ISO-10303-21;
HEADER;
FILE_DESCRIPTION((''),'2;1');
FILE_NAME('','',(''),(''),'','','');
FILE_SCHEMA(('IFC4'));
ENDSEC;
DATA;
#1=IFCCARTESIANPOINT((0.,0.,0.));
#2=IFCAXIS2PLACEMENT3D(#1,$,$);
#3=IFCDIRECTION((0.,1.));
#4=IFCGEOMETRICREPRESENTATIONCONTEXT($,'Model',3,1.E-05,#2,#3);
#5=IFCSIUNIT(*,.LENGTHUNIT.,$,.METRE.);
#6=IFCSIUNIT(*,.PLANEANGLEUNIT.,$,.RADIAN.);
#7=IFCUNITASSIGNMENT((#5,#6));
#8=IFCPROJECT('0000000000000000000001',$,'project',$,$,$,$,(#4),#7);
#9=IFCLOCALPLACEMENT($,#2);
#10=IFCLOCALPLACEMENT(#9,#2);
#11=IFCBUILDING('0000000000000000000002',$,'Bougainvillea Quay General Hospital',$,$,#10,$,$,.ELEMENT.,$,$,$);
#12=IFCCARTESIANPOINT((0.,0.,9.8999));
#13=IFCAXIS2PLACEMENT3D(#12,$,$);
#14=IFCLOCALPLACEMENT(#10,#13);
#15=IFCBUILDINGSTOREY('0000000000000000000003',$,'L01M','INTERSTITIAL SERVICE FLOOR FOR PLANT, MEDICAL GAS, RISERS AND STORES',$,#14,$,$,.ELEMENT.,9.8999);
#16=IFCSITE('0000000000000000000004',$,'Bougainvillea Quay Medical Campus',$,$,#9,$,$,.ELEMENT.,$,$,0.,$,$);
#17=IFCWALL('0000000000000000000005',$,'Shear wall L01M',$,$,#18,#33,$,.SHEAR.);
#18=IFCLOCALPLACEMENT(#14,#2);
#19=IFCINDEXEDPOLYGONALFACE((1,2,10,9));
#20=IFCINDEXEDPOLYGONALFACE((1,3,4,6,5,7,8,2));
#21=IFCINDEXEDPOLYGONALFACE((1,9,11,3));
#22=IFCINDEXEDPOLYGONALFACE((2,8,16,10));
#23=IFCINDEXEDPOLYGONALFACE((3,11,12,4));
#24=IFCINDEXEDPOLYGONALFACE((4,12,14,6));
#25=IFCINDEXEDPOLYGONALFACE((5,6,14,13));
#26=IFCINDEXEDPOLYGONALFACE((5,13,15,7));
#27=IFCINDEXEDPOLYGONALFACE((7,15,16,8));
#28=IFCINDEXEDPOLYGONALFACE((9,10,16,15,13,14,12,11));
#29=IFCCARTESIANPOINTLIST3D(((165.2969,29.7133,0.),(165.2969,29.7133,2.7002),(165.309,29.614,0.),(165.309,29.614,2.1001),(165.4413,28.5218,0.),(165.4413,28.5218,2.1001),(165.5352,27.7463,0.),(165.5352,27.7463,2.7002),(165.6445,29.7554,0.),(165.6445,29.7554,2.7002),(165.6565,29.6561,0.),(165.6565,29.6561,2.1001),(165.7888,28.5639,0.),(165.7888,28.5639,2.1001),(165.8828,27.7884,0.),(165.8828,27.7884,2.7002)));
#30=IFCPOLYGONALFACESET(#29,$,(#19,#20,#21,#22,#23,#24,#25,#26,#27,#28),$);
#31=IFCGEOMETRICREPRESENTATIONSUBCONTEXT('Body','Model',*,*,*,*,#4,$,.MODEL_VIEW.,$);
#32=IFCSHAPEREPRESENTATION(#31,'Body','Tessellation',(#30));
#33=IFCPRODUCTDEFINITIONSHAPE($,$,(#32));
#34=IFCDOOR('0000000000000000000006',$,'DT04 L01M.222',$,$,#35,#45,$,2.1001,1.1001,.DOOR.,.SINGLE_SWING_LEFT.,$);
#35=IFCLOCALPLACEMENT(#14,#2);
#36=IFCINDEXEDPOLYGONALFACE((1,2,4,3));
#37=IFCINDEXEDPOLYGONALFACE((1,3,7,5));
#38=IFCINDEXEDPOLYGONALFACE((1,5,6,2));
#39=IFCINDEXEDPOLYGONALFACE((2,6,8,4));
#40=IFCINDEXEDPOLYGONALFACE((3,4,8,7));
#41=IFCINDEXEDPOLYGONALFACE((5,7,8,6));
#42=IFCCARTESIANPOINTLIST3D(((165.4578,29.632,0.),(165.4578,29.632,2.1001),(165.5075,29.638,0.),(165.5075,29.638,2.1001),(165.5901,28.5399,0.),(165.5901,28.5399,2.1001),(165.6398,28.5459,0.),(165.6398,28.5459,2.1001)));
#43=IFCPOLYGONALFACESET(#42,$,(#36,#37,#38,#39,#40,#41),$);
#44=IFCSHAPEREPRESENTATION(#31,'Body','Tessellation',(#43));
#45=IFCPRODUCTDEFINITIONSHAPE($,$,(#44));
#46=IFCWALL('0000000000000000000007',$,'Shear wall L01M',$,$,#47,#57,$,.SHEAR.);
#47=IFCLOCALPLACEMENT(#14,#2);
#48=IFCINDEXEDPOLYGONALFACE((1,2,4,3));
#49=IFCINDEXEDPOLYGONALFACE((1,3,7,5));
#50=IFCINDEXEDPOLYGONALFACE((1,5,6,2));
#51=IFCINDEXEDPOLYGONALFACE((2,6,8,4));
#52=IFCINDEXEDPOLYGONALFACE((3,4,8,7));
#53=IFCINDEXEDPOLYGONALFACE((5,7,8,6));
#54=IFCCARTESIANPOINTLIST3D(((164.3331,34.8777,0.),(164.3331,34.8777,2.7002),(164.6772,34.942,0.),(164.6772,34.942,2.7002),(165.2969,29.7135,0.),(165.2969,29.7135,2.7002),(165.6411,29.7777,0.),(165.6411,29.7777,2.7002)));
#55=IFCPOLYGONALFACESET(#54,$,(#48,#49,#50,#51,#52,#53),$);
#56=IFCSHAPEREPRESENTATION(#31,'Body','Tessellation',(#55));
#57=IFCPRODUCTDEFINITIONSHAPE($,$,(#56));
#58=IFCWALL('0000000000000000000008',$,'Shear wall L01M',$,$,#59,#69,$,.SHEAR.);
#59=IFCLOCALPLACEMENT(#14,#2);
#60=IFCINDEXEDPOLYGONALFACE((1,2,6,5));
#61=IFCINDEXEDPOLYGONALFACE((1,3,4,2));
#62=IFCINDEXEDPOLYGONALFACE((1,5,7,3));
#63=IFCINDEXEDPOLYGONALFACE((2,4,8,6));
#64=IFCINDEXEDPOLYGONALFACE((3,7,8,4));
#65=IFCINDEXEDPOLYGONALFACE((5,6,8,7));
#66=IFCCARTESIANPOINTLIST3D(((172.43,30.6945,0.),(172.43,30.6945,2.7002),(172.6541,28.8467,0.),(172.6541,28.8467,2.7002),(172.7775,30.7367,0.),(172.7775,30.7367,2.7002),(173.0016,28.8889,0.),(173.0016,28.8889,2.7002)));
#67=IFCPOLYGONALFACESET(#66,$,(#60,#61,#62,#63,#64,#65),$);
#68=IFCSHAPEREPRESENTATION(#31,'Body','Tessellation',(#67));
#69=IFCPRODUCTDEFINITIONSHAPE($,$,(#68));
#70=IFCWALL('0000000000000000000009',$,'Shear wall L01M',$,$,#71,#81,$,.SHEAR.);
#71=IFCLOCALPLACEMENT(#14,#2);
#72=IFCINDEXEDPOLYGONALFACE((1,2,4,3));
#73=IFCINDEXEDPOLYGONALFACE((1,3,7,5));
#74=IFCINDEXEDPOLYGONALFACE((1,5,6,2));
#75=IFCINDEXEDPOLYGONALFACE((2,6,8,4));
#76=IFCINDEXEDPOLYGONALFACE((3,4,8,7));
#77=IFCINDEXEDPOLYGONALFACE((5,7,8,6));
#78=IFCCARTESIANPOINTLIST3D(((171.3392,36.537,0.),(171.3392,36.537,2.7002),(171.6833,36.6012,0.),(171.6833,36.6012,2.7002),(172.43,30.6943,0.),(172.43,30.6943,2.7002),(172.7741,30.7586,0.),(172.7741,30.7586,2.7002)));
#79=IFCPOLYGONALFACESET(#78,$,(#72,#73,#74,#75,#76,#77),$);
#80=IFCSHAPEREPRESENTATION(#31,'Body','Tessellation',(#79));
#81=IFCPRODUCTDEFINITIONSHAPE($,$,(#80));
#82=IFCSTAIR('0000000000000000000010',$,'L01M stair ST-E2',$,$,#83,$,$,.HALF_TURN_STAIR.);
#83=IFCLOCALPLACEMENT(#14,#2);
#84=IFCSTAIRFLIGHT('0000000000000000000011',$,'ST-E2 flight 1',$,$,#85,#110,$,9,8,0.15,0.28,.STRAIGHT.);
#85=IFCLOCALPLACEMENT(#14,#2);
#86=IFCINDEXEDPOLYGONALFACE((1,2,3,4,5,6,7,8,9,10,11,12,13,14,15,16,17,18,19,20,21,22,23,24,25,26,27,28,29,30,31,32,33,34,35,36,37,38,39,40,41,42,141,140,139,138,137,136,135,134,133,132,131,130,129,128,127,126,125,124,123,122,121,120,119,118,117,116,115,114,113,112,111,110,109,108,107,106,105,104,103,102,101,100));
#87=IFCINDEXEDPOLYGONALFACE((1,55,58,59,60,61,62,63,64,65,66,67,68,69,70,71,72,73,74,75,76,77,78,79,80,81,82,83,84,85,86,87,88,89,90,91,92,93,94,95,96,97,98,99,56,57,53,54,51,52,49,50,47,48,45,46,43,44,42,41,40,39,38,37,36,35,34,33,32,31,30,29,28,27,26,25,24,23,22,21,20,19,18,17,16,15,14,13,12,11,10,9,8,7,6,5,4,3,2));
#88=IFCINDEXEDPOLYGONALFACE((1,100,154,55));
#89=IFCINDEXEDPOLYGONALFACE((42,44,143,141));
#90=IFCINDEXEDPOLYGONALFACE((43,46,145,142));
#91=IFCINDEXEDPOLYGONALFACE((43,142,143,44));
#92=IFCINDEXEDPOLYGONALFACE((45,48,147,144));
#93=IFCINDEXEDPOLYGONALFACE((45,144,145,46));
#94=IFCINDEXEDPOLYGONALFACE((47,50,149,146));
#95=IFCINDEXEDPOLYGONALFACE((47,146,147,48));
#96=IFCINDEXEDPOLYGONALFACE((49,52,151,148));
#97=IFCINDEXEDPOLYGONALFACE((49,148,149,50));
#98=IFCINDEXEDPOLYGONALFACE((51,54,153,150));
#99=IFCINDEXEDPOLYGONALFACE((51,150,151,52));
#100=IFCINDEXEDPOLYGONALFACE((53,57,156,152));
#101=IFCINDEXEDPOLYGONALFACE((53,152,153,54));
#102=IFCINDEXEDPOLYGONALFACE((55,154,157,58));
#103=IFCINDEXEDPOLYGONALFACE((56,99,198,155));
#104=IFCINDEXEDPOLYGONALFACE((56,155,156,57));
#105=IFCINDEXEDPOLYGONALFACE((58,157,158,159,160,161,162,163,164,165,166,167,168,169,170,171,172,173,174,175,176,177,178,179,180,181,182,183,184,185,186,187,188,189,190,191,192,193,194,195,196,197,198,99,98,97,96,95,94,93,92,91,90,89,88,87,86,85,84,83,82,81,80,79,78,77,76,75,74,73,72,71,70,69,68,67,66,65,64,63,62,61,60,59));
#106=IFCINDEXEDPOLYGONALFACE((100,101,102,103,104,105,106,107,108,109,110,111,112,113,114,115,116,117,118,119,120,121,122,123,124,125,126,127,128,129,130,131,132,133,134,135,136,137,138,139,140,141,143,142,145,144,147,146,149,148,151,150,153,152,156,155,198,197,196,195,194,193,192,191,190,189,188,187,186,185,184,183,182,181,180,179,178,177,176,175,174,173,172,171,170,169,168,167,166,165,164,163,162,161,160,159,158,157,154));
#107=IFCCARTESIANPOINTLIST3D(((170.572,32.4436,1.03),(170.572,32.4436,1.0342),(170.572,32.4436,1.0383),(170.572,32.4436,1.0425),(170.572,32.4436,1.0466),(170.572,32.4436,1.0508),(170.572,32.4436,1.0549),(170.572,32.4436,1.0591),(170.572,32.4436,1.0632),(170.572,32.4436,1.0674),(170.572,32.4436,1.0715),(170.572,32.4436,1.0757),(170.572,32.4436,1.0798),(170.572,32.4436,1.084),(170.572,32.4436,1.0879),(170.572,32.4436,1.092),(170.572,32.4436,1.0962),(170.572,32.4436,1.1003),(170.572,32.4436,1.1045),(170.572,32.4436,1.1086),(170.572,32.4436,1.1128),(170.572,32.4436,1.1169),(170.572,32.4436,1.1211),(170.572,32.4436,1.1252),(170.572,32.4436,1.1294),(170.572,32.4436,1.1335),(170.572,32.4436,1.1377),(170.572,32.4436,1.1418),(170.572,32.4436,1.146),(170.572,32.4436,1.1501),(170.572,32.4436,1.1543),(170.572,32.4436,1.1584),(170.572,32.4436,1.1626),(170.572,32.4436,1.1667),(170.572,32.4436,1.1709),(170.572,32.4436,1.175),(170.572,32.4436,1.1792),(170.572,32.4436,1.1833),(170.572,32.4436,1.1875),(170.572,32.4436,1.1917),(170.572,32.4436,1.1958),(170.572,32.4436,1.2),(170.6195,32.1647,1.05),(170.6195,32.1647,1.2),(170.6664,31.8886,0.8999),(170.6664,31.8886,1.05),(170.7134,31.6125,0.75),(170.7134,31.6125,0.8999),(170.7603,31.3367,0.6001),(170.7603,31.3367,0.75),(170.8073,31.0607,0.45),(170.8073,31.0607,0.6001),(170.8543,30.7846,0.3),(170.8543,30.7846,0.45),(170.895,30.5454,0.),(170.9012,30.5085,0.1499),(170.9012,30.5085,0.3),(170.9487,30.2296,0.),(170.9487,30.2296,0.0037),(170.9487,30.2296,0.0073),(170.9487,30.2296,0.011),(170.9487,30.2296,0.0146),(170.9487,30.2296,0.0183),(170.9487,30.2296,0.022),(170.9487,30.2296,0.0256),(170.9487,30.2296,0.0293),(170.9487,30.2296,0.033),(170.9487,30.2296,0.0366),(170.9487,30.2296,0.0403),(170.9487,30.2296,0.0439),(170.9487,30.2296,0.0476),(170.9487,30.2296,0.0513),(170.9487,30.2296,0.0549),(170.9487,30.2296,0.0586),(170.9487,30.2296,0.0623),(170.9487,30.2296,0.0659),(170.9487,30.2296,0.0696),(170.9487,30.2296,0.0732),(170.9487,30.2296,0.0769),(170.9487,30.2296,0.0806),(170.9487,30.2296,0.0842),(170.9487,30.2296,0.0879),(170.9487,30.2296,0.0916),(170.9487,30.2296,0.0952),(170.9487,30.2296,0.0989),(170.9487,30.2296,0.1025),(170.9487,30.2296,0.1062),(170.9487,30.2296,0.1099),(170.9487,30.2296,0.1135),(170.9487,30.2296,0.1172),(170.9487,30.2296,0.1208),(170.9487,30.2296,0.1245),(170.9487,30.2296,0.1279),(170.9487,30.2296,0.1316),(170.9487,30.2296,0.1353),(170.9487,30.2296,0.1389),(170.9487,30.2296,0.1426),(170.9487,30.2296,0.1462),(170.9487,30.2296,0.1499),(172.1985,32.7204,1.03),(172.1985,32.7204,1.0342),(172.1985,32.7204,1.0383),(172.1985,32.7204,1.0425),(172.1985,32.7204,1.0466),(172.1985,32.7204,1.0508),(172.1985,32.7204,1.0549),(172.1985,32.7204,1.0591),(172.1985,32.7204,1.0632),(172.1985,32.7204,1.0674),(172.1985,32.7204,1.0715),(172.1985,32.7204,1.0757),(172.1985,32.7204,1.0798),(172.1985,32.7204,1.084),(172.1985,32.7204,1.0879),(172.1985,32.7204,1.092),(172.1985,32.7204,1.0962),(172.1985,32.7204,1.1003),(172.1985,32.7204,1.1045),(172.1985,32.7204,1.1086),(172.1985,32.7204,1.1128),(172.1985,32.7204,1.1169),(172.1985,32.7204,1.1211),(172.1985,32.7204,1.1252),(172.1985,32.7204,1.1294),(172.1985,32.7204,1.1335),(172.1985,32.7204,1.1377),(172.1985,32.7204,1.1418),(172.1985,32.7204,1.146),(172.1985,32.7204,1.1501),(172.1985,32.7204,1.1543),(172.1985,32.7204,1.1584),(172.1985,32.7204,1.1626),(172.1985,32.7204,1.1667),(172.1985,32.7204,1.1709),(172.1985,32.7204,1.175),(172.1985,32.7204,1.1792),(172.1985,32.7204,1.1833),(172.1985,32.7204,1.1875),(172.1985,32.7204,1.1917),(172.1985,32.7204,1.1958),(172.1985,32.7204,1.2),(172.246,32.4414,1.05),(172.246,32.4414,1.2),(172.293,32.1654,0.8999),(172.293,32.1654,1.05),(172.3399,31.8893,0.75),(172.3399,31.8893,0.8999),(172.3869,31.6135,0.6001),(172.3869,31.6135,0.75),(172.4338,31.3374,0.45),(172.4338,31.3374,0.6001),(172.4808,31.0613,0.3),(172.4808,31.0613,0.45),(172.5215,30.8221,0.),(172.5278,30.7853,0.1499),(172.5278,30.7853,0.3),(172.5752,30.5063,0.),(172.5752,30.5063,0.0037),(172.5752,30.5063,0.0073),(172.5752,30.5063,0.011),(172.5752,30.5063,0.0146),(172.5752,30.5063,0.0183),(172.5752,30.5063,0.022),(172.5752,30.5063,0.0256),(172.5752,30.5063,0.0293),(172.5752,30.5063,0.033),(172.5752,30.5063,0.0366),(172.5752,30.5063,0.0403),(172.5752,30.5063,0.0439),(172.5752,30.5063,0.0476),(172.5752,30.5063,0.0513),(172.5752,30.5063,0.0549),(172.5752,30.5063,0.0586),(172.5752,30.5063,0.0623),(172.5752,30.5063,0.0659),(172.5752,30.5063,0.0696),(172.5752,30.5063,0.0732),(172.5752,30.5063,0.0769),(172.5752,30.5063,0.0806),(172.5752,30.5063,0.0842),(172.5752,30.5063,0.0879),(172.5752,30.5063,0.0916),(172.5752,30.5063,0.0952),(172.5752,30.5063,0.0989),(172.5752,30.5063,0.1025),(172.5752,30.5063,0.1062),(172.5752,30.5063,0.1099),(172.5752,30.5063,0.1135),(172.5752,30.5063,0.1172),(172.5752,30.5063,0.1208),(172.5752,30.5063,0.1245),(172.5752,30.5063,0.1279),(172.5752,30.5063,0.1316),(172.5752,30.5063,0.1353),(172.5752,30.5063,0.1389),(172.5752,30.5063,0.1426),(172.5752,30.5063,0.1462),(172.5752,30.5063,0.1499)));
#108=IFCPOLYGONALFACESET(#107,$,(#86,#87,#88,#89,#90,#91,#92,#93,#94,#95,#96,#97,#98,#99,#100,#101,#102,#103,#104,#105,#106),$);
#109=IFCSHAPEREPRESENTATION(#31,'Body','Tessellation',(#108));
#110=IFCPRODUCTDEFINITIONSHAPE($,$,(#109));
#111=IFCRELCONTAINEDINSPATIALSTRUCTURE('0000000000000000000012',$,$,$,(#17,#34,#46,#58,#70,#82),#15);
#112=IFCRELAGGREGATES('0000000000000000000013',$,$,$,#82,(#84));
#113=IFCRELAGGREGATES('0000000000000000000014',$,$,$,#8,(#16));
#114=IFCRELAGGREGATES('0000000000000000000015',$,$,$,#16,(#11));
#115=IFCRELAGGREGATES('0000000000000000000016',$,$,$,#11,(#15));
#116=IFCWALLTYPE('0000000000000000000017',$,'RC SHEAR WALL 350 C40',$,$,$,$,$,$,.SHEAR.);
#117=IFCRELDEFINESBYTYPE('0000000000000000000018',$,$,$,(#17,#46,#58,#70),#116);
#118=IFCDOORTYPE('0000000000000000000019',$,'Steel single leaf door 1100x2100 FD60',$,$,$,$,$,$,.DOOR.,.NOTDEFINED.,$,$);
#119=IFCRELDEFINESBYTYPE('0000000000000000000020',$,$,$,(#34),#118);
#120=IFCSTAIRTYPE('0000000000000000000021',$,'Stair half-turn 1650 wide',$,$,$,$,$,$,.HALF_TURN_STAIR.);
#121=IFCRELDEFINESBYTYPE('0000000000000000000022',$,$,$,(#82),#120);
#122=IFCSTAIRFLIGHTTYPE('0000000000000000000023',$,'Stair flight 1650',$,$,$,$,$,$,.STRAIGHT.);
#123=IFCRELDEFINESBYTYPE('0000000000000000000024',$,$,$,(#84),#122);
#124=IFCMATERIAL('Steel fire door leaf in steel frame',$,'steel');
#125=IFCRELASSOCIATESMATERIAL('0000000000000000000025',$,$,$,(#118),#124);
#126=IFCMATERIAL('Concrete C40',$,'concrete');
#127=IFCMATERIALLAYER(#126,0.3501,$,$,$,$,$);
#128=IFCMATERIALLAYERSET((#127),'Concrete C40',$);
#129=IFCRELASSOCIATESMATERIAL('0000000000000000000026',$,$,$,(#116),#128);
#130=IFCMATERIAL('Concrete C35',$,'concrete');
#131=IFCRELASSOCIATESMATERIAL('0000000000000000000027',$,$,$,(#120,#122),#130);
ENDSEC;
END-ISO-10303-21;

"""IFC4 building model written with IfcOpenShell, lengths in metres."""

from ifc_helpers import new_model, si_unit, direction, frame, frame_2d, origin, place, context, subcontext, project, spatial, polyline, rectangle, outline, extrude, material, layer, layer_set, type_object, element, fill, aggregate, save


model = new_model("IFC4")

# Units and contexts
model_context = context("Model", 3, precision=1e-05, world=origin(), true_north=direction((0.0, 1.0)))
body_context = subcontext(model_context, "Body", "Model", "MODEL_VIEW")
ifc_project = project(units=[si_unit("LENGTHUNIT", "METRE"), si_unit("PLANEANGLEUNIT", "RADIAN")], contexts=[model_context])

# Site, building, storey
site_placement = place(None, origin())
site = spatial("IfcSite", under=ifc_project, at=site_placement, Name="Bougainvillea Quay Medical Campus", CompositionType="ELEMENT", RefElevation=0.0)
building_placement = place(site_placement, origin())
building = spatial("IfcBuilding", under=site, at=building_placement, Name="Bougainvillea Quay General Hospital", CompositionType="ELEMENT")
storey_placement = place(building_placement, frame((0.0, 0.0, 9.8999)))
storey = spatial("IfcBuildingStorey", under=building, at=storey_placement, Name="L01M", Description="INTERSTITIAL SERVICE FLOOR FOR PLANT, MEDICAL GAS, RISERS AND STORES", CompositionType="ELEMENT", Elevation=9.8999)

# Shared definitions
ifc_material_1 = material(Name="Steel fire door leaf in steel frame", Category="steel")
door_type = type_object("IfcDoorType", Name="Steel single leaf door 1100x2100 FD60", OperationType="NOTDEFINED", PredefinedType="DOOR", material=ifc_material_1)

# Shared definitions
ifc_material_2 = material(Name="Concrete C40", Category="concrete")
ifc_layer_1 = layer(ifc_material_2, 0.3501)
ifc_layer_set_1 = layer_set([ifc_layer_1], Name="Concrete C40")
wall_type_1 = type_object("IfcWallType", Name="RC SHEAR WALL 350 C40", PredefinedType="SHEAR", material=ifc_layer_set_1)

# Wall, opening, door
wall_1_placement = place(storey_placement, frame((165.4707, 29.7344, 0.0), z_axis=(0.0, 0.0, 1.0), x_axis=(0.120258, -0.992743, 0.0)))
wall_1 = element("IfcWall", 1, at=wall_1_placement, inside=storey, type_object=wall_type_1, Name="Shear wall L01M", PredefinedType="SHEAR", context=body_context, shape_type="SweptSolid", body=[
    extrude(rectangle(XDim=1.9814, YDim=0.3501, at=frame_2d((0.9907, 0.0))), origin(), (0.0, 0.0, 1.0), 2.7002),
])
opening_1_placement = place(wall_1_placement, frame((0.1001, 0.0, 0.0)))
opening_1 = element("IfcOpeningElement", 2, at=opening_1_placement, cuts=wall_1, PredefinedType="OPENING", context=body_context, shape_type="SweptSolid", body=[
    extrude(rectangle(XDim=1.1001, YDim=2.1001, at=frame_2d((0.55, 1.05))), frame((0.0, 0.1851, 0.0), z_axis=(0.0, -1.0, 0.0), x_axis=(1.0, 0.0, 0.0)), (0.0, 0.0, 1.0), 0.3701),
])
door_1_placement = place(opening_1_placement, origin())
door_1 = element("IfcDoor", 3, at=door_1_placement, inside=storey, type_object=door_type, Name="DT04 L01M.222", OperationType="SINGLE_SWING_LEFT", OverallHeight=2.1001, OverallWidth=1.1001, PredefinedType="DOOR", context=body_context, shape_type="SweptSolid", body=[
    extrude(rectangle(XDim=1.1001, YDim=2.1001, at=frame_2d((0.55, 1.05))), frame((0.0, 0.0249, 0.0), z_axis=(0.0, -1.0, 0.0), x_axis=(1.0, 0.0, 0.0)), (0.0, 0.0, 1.0), 0.05),
])
fill(opening_1, door_1)

# Walls
wall_2_placement = place(storey_placement, frame((165.469, 29.7456, 0.0), z_axis=(0.0, 0.0, 1.0), x_axis=(-0.183472, 0.983025, 0.0)))
element("IfcWall", 4, at=wall_2_placement, inside=storey, type_object=wall_type_1, Name="Shear wall L01M", PredefinedType="SHEAR", context=body_context, shape_type="SweptSolid", body=[
    extrude(rectangle(XDim=5.2534, YDim=0.3501, at=frame_2d((2.6267, 0.0))), origin(), (0.0, 0.0, 1.0), 2.7002),
])
wall_3_placement = place(storey_placement, frame((172.6038, 30.7156, 0.0), z_axis=(0.0, 0.0, 1.0), x_axis=(0.120402, -0.992725, 0.0)))
element("IfcWall", 5, at=wall_3_placement, inside=storey, type_object=wall_type_1, Name="Shear wall L01M", PredefinedType="SHEAR", context=body_context, shape_type="SweptSolid", body=[
    extrude(rectangle(XDim=1.8613, YDim=0.3501, at=frame_2d((0.9307, 0.0))), origin(), (0.0, 0.0, 1.0), 2.7002),
])
wall_4_placement = place(storey_placement, frame((172.6021, 30.7266, 0.0), z_axis=(0.0, 0.0, 1.0), x_axis=(-0.183532, 0.983014, 0.0)))
element("IfcWall", 6, at=wall_4_placement, inside=storey, type_object=wall_type_1, Name="Shear wall L01M", PredefinedType="SHEAR", context=body_context, shape_type="SweptSolid", body=[
    extrude(rectangle(XDim=5.9436, YDim=0.3501, at=frame_2d((2.9717, 0.0))), origin(), (0.0, 0.0, 1.0), 2.7002),
])

# Stair, stair flight
ifc_material_3 = material(Name="Concrete C35", Category="concrete")
stair_type = type_object("IfcStairType", Name="Stair half-turn 1650 wide", PredefinedType="HALF_TURN_STAIR", material=ifc_material_3)
stair_placement = place(storey_placement, origin())
stair = element("IfcStair", 7, at=stair_placement, inside=storey, type_object=stair_type, Name="L01M stair ST-E2", PredefinedType="HALF_TURN_STAIR")
stair_flight_type = type_object("IfcStairFlightType", Name="Stair flight 1650", PredefinedType="STRAIGHT", material=ifc_material_3)
stair_flight_1_placement = place(storey_placement, frame((171.7615, 30.3708, 0.0), z_axis=(0.0, 0.0, 1.0), x_axis=(-0.167737, 0.985832, 0.0)))
stair_flight_1 = element("IfcStairFlight", 8, at=stair_flight_1_placement, type_object=stair_flight_type, Name="ST-E2 flight 1", NumberOfRisers=9, NumberOfTreads=8, PredefinedType="STRAIGHT", RiserHeight=0.15, TreadLength=0.28, context=body_context, shape_type="SweptSolid", body=[
    extrude(outline(polyline([(-0.0029, 0.0), (-0.0029, 0.0037), (-0.0029, 0.0073), (-0.0029, 0.011), (-0.0029, 0.0146), (-0.0029, 0.0183), (-0.0029, 0.022), (-0.0029, 0.0256), (-0.0029, 0.0293), (-0.0029, 0.033), (-0.0029, 0.0366), (-0.0029, 0.0403), (-0.0029, 0.0439), (-0.0029, 0.0476), (-0.0029, 0.0513), (-0.0029, 0.0549), (-0.0029, 0.0586), (-0.0029, 0.0623), (-0.0029, 0.0659), (-0.0029, 0.0696), (-0.0029, 0.0732), (-0.0029, 0.0769), (-0.0029, 0.0806), (-0.0029, 0.0842), (-0.0029, 0.0879), (-0.0029, 0.0916), (-0.0029, 0.0952), (-0.0029, 0.0989), (-0.0029, 0.1025), (-0.0029, 0.1062), (-0.0029, 0.1099), (-0.0029, 0.1135), (-0.0029, 0.1172), (-0.0029, 0.1208), (-0.0029, 0.1245), (-0.0029, 0.1279), (-0.0029, 0.1316), (-0.0029, 0.1353), (-0.0029, 0.1389), (-0.0029, 0.1426), (-0.0029, 0.1462), (-0.0029, 0.1499), (0.28, 0.1499), (0.28, 0.3), (0.5601, 0.3), (0.5601, 0.45), (0.8401, 0.45), (0.8401, 0.6001), (1.1201, 0.6001), (1.1201, 0.75), (1.3999, 0.75), (1.3999, 0.8999), (1.6799, 0.8999), (1.6799, 1.05), (1.96, 1.05), (1.96, 1.2), (2.2429, 1.2), (2.2429, 1.1958), (2.2429, 1.1917), (2.2429, 1.1875), (2.2429, 1.1833), (2.2429, 1.1792), (2.2429, 1.175), (2.2429, 1.1709), (2.2429, 1.1667), (2.2429, 1.1626), (2.2429, 1.1584), (2.2429, 1.1543), (2.2429, 1.1501), (2.2429, 1.146), (2.2429, 1.1418), (2.2429, 1.1377), (2.2429, 1.1335), (2.2429, 1.1294), (2.2429, 1.1252), (2.2429, 1.1211), (2.2429, 1.1169), (2.2429, 1.1128), (2.2429, 1.1086), (2.2429, 1.1045), (2.2429, 1.1003), (2.2429, 1.0962), (2.2429, 1.092), (2.2429, 1.0879), (2.2429, 1.084), (2.2429, 1.0798), (2.2429, 1.0757), (2.2429, 1.0715), (2.2429, 1.0674), (2.2429, 1.0632), (2.2429, 1.0591), (2.2429, 1.0549), (2.2429, 1.0508), (2.2429, 1.0466), (2.2429, 1.0425), (2.2429, 1.0383), (2.2429, 1.0342), (2.2429, 1.03), (0.3174, 0.0), (-0.0029, 0.0)])), frame((0.0, 0.825, 0.0), z_axis=(0.0, -1.0, 0.0), x_axis=(1.0, 0.0, 0.0)), (0.0, 0.0, 1.0), 1.6499),
])
aggregate(stair, [stair_flight_1])

save(model, "model.ifc")
